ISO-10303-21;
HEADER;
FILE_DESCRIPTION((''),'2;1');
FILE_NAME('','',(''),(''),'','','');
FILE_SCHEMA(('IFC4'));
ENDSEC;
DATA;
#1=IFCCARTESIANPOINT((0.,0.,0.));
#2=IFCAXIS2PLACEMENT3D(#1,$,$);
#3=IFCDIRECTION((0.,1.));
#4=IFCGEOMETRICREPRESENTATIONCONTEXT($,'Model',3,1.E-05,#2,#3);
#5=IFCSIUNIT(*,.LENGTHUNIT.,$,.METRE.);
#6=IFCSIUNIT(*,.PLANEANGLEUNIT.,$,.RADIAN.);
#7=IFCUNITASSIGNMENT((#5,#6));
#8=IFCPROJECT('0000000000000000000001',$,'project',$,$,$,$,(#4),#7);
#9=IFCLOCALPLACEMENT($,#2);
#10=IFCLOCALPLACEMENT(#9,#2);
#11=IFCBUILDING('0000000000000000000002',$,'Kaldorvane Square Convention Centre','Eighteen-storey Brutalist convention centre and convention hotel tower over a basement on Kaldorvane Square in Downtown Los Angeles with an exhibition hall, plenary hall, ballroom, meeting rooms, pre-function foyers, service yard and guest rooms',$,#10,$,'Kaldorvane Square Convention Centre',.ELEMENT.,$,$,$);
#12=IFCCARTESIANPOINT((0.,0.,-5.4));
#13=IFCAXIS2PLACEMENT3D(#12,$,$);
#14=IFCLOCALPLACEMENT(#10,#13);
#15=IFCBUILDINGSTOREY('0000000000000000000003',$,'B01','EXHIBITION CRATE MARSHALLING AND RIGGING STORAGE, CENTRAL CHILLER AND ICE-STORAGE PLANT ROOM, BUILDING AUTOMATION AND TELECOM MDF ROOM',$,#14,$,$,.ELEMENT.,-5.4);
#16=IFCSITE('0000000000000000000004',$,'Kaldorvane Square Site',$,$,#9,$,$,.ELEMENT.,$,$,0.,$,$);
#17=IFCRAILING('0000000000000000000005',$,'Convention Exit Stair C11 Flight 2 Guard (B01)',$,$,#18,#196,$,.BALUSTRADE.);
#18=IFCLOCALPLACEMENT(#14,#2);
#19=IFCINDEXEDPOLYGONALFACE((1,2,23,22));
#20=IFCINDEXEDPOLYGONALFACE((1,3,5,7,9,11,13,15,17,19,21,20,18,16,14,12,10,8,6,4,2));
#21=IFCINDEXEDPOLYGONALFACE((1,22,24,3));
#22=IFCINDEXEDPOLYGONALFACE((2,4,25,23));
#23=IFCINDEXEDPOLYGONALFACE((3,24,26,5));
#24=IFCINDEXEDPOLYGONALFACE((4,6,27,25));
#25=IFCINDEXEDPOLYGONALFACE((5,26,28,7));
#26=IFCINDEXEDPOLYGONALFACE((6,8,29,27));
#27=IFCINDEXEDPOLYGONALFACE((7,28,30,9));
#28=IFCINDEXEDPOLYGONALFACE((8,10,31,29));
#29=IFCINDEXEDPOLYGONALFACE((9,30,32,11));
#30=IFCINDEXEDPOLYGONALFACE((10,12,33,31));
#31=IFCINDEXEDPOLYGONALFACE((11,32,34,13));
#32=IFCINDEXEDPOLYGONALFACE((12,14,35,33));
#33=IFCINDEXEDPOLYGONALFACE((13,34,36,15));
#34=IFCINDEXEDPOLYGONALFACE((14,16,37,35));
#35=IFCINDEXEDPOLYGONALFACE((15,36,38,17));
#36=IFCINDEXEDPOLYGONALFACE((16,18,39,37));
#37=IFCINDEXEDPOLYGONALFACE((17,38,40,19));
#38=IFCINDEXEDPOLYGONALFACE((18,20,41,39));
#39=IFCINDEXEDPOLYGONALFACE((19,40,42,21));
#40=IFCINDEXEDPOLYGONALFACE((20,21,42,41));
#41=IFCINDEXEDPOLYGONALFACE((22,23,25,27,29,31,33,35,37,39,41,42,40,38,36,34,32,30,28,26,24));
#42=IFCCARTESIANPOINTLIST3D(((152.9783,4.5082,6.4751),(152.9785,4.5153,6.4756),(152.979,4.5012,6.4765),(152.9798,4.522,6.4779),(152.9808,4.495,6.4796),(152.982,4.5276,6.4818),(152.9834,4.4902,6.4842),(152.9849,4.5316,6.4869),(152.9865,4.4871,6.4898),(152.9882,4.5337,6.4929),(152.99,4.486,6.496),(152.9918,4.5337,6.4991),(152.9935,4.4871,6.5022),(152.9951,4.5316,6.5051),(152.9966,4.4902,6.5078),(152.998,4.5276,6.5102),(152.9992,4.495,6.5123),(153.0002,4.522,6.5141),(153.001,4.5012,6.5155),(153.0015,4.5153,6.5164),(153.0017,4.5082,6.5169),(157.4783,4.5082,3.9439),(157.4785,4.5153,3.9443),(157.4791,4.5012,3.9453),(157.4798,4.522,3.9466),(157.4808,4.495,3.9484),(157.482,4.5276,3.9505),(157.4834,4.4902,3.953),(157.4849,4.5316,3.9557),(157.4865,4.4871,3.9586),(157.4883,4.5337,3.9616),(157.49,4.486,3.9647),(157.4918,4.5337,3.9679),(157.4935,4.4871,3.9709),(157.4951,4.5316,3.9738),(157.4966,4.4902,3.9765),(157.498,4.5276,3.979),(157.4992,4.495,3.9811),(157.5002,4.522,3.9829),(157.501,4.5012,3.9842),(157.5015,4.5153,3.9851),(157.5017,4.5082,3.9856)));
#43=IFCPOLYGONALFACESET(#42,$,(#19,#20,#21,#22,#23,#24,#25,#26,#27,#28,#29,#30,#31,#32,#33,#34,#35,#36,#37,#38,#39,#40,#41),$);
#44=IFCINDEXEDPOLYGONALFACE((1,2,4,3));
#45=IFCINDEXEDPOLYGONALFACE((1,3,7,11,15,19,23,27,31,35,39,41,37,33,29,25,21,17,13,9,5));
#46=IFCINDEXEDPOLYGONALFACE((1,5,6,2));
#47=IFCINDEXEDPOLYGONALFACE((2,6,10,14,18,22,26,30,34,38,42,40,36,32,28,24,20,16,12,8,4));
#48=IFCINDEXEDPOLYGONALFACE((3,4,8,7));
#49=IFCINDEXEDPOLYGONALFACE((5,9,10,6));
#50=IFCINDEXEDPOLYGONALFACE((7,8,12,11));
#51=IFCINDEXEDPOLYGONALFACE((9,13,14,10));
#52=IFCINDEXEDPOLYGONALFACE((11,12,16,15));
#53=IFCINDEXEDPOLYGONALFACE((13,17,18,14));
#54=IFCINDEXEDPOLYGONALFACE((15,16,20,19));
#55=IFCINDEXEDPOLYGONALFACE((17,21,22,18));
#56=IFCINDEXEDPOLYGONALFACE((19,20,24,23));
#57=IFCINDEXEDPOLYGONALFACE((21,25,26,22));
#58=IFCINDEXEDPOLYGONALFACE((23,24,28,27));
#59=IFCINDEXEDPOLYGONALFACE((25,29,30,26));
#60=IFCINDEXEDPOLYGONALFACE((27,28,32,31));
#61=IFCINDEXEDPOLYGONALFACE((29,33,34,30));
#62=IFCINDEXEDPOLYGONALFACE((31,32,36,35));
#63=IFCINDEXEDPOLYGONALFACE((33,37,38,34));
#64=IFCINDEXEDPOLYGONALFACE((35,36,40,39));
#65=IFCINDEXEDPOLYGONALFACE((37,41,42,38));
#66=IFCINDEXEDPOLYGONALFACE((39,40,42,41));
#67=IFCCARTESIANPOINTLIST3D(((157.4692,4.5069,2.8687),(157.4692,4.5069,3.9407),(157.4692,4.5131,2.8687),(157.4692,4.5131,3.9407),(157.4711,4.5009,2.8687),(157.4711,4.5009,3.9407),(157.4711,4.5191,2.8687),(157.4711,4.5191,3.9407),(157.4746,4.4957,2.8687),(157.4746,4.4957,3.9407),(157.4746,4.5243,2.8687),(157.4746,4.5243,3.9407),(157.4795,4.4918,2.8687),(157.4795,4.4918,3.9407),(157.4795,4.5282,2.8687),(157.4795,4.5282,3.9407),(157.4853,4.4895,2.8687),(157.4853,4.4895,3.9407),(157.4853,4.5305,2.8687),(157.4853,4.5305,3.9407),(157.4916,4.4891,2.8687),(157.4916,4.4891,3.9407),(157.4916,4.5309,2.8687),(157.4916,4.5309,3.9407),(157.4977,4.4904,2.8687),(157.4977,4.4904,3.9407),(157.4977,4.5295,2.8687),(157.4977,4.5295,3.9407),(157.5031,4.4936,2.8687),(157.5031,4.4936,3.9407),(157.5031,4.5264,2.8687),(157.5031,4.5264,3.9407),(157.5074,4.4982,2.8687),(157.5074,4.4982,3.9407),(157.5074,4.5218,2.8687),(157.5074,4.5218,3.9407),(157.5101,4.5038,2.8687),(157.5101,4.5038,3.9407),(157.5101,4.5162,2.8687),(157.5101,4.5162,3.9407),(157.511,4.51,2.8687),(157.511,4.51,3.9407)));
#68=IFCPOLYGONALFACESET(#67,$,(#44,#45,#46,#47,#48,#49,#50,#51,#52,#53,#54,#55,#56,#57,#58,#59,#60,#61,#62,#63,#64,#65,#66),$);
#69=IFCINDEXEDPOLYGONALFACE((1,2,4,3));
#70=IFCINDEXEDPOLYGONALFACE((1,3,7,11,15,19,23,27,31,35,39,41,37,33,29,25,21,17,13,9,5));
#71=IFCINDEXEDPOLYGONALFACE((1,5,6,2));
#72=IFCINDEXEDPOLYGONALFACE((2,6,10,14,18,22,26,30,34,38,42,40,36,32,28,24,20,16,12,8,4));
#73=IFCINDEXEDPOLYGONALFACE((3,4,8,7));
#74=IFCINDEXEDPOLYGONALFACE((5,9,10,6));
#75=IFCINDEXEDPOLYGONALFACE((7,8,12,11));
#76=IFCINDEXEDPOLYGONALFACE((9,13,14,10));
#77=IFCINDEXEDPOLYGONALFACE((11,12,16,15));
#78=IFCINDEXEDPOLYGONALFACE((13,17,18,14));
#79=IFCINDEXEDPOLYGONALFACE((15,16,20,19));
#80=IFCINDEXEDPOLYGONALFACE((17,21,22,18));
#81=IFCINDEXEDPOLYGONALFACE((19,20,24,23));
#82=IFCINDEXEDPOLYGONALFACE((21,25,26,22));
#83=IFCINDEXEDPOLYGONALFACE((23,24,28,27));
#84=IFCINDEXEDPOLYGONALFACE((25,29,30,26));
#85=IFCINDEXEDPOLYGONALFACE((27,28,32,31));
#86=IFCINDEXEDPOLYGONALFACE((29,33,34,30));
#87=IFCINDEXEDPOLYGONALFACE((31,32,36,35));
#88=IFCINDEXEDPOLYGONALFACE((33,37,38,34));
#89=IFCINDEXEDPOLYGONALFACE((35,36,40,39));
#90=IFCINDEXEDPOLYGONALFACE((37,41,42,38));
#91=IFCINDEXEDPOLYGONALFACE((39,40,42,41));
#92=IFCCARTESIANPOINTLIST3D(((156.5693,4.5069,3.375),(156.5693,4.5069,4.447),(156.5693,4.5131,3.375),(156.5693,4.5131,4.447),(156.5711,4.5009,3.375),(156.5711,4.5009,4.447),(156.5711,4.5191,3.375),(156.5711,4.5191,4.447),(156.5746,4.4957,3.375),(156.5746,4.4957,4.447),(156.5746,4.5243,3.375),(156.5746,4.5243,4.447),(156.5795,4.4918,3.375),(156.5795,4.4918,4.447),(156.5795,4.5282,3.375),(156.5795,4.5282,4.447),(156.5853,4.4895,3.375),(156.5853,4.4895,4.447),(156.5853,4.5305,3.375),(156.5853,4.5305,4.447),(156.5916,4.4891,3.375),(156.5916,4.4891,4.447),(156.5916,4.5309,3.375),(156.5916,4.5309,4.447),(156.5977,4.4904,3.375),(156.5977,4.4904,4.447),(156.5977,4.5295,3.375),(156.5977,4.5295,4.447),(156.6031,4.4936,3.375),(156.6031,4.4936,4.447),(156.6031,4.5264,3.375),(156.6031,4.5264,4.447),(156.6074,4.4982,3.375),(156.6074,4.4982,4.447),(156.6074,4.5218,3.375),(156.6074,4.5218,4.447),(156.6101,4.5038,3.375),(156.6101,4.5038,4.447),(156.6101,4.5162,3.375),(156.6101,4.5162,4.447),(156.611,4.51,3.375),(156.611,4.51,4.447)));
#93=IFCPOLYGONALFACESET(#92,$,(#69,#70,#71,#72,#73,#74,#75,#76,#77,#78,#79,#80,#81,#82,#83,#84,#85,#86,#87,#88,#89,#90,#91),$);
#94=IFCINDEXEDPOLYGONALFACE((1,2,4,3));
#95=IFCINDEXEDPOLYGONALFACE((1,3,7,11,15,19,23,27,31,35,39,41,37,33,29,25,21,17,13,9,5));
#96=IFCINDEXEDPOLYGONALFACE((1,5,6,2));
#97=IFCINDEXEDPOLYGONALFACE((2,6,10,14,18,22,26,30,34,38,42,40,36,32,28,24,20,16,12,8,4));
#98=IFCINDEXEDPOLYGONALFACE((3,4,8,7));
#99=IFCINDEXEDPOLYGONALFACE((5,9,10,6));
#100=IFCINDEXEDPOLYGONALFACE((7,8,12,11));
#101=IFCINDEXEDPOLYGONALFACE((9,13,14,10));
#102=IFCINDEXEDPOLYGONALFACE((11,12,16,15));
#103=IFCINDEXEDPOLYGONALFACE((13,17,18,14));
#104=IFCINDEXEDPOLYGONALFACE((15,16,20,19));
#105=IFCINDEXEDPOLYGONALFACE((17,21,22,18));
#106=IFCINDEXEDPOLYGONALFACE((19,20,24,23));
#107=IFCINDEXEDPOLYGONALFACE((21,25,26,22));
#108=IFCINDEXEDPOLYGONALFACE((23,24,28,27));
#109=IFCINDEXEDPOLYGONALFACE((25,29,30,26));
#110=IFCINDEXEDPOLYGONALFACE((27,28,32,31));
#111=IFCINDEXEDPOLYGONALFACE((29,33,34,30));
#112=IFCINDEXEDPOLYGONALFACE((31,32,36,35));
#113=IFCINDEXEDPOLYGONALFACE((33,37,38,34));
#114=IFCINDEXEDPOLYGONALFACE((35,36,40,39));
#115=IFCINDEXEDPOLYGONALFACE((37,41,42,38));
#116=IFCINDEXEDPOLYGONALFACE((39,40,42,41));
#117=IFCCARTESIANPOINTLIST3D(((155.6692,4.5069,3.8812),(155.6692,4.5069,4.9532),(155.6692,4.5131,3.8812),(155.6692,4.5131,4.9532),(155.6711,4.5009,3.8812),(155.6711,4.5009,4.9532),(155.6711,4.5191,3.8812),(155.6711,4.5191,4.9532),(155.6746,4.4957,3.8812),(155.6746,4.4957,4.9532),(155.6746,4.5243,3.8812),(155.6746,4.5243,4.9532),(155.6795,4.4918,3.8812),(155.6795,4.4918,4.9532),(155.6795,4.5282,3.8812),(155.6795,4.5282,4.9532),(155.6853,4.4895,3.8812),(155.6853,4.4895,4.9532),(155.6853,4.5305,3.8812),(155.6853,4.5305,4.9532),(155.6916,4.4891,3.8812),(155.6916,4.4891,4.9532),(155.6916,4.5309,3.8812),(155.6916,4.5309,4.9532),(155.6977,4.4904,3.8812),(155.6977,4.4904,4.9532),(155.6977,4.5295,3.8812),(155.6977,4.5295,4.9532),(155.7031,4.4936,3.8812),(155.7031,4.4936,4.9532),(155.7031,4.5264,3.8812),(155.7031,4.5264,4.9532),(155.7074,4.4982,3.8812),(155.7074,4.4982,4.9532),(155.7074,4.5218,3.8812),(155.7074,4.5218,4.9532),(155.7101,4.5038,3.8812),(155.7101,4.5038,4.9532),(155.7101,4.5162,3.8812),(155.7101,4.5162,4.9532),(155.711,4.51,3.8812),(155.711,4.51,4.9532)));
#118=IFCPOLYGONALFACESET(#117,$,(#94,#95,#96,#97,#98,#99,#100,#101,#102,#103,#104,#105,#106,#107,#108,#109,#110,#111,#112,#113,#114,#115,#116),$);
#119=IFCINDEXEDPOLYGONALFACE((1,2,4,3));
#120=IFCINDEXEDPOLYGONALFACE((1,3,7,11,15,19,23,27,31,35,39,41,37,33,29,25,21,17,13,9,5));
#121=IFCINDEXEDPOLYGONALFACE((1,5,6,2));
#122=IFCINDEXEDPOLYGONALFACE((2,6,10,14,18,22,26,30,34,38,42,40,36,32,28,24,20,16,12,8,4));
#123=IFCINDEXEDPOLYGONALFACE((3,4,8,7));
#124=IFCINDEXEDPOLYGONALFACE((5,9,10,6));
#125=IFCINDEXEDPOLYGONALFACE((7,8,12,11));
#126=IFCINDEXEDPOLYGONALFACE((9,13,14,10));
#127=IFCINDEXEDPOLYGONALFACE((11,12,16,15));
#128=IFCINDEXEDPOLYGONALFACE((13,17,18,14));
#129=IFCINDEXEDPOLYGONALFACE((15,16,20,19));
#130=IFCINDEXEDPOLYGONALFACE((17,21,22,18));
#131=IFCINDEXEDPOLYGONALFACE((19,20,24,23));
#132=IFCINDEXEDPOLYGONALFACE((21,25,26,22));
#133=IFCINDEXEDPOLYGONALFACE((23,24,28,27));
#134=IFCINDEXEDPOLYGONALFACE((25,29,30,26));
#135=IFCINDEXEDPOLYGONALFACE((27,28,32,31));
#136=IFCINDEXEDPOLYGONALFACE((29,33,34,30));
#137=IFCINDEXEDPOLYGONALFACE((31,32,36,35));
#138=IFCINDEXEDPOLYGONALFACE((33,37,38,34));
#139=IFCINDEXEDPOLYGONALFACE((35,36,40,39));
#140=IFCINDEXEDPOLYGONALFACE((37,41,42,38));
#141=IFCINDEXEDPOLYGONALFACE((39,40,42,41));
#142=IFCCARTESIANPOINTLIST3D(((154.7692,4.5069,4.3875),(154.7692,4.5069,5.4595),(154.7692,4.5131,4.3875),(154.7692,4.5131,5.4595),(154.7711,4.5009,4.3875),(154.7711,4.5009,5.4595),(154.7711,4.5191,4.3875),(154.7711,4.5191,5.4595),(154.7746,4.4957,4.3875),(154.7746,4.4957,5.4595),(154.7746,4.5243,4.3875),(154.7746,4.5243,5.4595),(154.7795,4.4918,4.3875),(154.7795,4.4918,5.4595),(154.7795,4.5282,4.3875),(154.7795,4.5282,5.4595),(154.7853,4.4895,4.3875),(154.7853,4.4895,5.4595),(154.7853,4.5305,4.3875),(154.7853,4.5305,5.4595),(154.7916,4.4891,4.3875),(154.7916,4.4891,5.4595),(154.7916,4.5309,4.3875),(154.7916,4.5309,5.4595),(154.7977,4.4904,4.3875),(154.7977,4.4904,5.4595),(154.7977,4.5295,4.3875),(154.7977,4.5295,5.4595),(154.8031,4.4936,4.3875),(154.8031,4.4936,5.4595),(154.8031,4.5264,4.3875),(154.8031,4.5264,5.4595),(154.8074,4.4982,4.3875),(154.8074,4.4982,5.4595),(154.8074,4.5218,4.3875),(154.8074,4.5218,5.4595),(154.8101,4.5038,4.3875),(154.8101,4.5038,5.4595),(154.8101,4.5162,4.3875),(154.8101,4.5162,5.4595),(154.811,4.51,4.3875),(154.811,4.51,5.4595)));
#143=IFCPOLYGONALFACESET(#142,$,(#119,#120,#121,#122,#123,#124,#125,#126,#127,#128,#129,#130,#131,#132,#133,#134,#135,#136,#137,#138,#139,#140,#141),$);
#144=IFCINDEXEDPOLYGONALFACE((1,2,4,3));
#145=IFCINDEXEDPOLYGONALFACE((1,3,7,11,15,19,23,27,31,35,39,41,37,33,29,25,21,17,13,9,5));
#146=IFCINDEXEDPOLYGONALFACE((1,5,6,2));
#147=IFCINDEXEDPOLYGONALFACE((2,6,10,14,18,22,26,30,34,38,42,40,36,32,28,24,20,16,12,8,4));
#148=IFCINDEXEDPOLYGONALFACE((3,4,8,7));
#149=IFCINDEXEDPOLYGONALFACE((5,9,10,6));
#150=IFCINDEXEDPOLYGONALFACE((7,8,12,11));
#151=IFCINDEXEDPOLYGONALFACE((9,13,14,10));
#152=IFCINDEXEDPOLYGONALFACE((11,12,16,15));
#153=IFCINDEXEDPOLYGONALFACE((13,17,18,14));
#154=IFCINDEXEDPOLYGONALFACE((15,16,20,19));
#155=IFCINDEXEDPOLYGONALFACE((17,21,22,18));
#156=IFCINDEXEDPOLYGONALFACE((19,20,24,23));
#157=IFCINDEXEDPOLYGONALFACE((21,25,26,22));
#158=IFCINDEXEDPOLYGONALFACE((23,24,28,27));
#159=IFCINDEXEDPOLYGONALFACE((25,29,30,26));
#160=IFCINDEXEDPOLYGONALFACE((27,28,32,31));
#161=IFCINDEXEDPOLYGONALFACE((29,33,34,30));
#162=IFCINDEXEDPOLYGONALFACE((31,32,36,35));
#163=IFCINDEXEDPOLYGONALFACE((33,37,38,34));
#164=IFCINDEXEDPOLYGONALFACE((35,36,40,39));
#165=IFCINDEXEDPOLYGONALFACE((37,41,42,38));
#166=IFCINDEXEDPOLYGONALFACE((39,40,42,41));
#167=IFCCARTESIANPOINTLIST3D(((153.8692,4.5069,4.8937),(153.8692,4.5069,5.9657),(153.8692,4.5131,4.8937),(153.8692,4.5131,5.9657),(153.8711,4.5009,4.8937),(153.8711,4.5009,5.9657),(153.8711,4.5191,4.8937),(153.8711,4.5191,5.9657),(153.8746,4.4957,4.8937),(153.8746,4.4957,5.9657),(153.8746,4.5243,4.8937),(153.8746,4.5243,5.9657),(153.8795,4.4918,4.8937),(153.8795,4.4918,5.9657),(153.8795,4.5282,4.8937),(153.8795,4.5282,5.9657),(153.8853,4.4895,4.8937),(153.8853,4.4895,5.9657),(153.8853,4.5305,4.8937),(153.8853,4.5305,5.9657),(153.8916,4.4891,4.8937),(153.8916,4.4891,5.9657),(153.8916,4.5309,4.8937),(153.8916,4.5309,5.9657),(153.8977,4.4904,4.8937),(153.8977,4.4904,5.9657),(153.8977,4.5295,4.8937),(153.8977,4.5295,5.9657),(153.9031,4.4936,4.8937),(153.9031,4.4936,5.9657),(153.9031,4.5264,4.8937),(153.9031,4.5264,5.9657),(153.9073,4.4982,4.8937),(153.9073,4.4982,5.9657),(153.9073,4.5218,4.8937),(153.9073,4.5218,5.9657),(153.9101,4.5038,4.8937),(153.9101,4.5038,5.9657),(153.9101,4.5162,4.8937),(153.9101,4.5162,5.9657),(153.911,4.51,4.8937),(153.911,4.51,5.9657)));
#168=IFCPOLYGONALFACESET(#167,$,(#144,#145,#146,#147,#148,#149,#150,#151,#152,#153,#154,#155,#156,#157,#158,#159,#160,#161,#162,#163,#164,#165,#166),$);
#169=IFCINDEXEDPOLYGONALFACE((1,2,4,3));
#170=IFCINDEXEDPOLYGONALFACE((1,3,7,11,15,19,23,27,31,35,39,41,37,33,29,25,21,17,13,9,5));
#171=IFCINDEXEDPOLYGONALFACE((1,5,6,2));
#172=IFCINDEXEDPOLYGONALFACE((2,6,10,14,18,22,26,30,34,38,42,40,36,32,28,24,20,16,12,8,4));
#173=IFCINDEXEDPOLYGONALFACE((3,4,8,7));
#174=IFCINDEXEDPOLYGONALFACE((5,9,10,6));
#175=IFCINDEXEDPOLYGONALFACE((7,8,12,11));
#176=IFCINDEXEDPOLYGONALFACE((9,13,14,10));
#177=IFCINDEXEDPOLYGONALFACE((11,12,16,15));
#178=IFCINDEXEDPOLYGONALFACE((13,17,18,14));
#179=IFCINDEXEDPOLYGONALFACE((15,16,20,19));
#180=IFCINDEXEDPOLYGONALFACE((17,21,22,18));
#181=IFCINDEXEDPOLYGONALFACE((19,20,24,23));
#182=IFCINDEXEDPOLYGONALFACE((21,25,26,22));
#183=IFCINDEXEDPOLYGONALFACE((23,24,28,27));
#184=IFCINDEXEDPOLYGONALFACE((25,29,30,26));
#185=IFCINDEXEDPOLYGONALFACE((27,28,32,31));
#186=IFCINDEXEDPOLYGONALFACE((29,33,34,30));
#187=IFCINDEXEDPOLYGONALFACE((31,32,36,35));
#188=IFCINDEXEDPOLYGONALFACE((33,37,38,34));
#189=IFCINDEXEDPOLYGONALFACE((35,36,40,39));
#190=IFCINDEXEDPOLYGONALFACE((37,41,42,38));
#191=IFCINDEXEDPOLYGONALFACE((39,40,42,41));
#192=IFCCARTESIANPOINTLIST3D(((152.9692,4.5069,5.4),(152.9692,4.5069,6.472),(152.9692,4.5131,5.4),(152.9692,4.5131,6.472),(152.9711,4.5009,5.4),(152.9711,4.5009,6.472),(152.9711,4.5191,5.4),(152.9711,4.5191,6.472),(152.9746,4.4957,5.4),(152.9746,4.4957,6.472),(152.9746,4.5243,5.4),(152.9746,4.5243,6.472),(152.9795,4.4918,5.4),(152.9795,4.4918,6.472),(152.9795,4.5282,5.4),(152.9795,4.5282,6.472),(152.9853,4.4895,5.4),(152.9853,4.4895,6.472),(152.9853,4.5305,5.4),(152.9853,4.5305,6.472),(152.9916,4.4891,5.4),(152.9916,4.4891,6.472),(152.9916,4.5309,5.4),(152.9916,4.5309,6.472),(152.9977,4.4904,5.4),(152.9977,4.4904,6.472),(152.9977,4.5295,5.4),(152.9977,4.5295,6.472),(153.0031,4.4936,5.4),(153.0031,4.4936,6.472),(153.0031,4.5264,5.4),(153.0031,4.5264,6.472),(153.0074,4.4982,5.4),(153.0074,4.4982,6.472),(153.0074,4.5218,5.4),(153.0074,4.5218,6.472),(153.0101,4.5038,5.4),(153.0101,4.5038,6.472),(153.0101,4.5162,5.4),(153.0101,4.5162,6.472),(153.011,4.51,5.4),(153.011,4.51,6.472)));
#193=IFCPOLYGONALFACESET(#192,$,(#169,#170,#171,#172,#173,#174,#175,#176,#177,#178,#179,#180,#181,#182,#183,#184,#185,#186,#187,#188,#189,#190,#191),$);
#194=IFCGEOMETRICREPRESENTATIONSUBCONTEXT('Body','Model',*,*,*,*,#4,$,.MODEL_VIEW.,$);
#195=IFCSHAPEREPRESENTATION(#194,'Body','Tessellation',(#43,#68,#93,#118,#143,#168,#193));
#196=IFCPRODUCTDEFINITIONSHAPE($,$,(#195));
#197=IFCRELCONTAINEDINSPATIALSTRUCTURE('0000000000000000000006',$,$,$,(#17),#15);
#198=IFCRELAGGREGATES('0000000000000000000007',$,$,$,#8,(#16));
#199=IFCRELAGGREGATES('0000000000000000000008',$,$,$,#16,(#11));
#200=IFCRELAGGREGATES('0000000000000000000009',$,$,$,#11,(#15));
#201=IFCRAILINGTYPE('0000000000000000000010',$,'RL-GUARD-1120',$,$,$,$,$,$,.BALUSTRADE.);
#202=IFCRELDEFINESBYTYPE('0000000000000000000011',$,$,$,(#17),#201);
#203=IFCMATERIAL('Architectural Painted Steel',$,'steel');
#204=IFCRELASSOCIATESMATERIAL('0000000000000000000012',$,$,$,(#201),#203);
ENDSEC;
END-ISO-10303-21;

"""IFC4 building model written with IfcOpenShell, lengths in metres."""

from ifc_helpers import new_model, si_unit, direction, frame, origin, origin_2d, place, context, subcontext, project, spatial, circle, extrude, material, type_object, element, save


model = new_model("IFC4")

# Units and contexts
model_context = context("Model", 3, precision=1e-05, world=origin(), true_north=direction((0.0, 1.0)))
body_context = subcontext(model_context, "Body", "Model", "MODEL_VIEW")
ifc_project = project(units=[si_unit("LENGTHUNIT", "METRE"), si_unit("PLANEANGLEUNIT", "RADIAN")], contexts=[model_context])

# Site, building, storey
site_placement = place(None, origin())
site = spatial("IfcSite", under=ifc_project, at=site_placement, Name="Kaldorvane Square Site", CompositionType="ELEMENT", RefElevation=0.0)
building_placement = place(site_placement, origin())
building = spatial("IfcBuilding", under=site, at=building_placement, Name="Kaldorvane Square Convention Centre", Description="Eighteen-storey Brutalist convention centre and convention hotel tower over a basement on Kaldorvane Square in Downtown Los Angeles with an exhibition hall, plenary hall, ballroom, meeting rooms, pre-function foyers, service yard and guest rooms", LongName="Kaldorvane Square Convention Centre", CompositionType="ELEMENT")
storey_placement = place(building_placement, frame((0.0, 0.0, -5.4)))
storey = spatial("IfcBuildingStorey", under=building, at=storey_placement, Name="B01", Description="EXHIBITION CRATE MARSHALLING AND RIGGING STORAGE, CENTRAL CHILLER AND ICE-STORAGE PLANT ROOM, BUILDING AUTOMATION AND TELECOM MDF ROOM", CompositionType="ELEMENT", Elevation=-5.4)

# Railing
ifc_material_1 = material(Name="Architectural Painted Steel", Category="steel")
railing_type_1 = type_object("IfcRailingType", Name="RL-GUARD-1120", PredefinedType="BALUSTRADE", material=ifc_material_1)
railing_1_placement = place(storey_placement, frame((157.49, 4.51, 2.8687)))
element("IfcRailing", 1, at=railing_1_placement, inside=storey, type_object=railing_type_1, Name="Convention Exit Stair C11 Flight 2 Guard (B01)", PredefinedType="BALUSTRADE", context=body_context, shape_type="SweptSolid", body=[
    extrude(circle(Radius=0.024, at=origin_2d()), frame((0.0, 0.0, 1.096), z_axis=(-0.871576, 0.0, 0.490261), x_axis=(0.0, -1.0, 0.0)), (0.0, 0.0, 1.0), 5.1631),
    extrude(circle(Radius=0.021, at=origin_2d()), origin(), (0.0, 0.0, 1.0), 1.072),
    extrude(circle(Radius=0.021, at=origin_2d()), frame((-0.9, 0.0, 0.5063)), (0.0, 0.0, 1.0), 1.072),
    extrude(circle(Radius=0.021, at=origin_2d()), frame((-1.8, 0.0, 1.0125)), (0.0, 0.0, 1.0), 1.072),
    extrude(circle(Radius=0.021, at=origin_2d()), frame((-2.7, 0.0, 1.5188)), (0.0, 0.0, 1.0), 1.072),
    extrude(circle(Radius=0.021, at=origin_2d()), frame((-3.6, 0.0, 2.025)), (0.0, 0.0, 1.0), 1.072),
    extrude(circle(Radius=0.021, at=origin_2d()), frame((-4.5, 0.0, 2.5312)), (0.0, 0.0, 1.0), 1.072),
])

save(model, "model.ifc")
